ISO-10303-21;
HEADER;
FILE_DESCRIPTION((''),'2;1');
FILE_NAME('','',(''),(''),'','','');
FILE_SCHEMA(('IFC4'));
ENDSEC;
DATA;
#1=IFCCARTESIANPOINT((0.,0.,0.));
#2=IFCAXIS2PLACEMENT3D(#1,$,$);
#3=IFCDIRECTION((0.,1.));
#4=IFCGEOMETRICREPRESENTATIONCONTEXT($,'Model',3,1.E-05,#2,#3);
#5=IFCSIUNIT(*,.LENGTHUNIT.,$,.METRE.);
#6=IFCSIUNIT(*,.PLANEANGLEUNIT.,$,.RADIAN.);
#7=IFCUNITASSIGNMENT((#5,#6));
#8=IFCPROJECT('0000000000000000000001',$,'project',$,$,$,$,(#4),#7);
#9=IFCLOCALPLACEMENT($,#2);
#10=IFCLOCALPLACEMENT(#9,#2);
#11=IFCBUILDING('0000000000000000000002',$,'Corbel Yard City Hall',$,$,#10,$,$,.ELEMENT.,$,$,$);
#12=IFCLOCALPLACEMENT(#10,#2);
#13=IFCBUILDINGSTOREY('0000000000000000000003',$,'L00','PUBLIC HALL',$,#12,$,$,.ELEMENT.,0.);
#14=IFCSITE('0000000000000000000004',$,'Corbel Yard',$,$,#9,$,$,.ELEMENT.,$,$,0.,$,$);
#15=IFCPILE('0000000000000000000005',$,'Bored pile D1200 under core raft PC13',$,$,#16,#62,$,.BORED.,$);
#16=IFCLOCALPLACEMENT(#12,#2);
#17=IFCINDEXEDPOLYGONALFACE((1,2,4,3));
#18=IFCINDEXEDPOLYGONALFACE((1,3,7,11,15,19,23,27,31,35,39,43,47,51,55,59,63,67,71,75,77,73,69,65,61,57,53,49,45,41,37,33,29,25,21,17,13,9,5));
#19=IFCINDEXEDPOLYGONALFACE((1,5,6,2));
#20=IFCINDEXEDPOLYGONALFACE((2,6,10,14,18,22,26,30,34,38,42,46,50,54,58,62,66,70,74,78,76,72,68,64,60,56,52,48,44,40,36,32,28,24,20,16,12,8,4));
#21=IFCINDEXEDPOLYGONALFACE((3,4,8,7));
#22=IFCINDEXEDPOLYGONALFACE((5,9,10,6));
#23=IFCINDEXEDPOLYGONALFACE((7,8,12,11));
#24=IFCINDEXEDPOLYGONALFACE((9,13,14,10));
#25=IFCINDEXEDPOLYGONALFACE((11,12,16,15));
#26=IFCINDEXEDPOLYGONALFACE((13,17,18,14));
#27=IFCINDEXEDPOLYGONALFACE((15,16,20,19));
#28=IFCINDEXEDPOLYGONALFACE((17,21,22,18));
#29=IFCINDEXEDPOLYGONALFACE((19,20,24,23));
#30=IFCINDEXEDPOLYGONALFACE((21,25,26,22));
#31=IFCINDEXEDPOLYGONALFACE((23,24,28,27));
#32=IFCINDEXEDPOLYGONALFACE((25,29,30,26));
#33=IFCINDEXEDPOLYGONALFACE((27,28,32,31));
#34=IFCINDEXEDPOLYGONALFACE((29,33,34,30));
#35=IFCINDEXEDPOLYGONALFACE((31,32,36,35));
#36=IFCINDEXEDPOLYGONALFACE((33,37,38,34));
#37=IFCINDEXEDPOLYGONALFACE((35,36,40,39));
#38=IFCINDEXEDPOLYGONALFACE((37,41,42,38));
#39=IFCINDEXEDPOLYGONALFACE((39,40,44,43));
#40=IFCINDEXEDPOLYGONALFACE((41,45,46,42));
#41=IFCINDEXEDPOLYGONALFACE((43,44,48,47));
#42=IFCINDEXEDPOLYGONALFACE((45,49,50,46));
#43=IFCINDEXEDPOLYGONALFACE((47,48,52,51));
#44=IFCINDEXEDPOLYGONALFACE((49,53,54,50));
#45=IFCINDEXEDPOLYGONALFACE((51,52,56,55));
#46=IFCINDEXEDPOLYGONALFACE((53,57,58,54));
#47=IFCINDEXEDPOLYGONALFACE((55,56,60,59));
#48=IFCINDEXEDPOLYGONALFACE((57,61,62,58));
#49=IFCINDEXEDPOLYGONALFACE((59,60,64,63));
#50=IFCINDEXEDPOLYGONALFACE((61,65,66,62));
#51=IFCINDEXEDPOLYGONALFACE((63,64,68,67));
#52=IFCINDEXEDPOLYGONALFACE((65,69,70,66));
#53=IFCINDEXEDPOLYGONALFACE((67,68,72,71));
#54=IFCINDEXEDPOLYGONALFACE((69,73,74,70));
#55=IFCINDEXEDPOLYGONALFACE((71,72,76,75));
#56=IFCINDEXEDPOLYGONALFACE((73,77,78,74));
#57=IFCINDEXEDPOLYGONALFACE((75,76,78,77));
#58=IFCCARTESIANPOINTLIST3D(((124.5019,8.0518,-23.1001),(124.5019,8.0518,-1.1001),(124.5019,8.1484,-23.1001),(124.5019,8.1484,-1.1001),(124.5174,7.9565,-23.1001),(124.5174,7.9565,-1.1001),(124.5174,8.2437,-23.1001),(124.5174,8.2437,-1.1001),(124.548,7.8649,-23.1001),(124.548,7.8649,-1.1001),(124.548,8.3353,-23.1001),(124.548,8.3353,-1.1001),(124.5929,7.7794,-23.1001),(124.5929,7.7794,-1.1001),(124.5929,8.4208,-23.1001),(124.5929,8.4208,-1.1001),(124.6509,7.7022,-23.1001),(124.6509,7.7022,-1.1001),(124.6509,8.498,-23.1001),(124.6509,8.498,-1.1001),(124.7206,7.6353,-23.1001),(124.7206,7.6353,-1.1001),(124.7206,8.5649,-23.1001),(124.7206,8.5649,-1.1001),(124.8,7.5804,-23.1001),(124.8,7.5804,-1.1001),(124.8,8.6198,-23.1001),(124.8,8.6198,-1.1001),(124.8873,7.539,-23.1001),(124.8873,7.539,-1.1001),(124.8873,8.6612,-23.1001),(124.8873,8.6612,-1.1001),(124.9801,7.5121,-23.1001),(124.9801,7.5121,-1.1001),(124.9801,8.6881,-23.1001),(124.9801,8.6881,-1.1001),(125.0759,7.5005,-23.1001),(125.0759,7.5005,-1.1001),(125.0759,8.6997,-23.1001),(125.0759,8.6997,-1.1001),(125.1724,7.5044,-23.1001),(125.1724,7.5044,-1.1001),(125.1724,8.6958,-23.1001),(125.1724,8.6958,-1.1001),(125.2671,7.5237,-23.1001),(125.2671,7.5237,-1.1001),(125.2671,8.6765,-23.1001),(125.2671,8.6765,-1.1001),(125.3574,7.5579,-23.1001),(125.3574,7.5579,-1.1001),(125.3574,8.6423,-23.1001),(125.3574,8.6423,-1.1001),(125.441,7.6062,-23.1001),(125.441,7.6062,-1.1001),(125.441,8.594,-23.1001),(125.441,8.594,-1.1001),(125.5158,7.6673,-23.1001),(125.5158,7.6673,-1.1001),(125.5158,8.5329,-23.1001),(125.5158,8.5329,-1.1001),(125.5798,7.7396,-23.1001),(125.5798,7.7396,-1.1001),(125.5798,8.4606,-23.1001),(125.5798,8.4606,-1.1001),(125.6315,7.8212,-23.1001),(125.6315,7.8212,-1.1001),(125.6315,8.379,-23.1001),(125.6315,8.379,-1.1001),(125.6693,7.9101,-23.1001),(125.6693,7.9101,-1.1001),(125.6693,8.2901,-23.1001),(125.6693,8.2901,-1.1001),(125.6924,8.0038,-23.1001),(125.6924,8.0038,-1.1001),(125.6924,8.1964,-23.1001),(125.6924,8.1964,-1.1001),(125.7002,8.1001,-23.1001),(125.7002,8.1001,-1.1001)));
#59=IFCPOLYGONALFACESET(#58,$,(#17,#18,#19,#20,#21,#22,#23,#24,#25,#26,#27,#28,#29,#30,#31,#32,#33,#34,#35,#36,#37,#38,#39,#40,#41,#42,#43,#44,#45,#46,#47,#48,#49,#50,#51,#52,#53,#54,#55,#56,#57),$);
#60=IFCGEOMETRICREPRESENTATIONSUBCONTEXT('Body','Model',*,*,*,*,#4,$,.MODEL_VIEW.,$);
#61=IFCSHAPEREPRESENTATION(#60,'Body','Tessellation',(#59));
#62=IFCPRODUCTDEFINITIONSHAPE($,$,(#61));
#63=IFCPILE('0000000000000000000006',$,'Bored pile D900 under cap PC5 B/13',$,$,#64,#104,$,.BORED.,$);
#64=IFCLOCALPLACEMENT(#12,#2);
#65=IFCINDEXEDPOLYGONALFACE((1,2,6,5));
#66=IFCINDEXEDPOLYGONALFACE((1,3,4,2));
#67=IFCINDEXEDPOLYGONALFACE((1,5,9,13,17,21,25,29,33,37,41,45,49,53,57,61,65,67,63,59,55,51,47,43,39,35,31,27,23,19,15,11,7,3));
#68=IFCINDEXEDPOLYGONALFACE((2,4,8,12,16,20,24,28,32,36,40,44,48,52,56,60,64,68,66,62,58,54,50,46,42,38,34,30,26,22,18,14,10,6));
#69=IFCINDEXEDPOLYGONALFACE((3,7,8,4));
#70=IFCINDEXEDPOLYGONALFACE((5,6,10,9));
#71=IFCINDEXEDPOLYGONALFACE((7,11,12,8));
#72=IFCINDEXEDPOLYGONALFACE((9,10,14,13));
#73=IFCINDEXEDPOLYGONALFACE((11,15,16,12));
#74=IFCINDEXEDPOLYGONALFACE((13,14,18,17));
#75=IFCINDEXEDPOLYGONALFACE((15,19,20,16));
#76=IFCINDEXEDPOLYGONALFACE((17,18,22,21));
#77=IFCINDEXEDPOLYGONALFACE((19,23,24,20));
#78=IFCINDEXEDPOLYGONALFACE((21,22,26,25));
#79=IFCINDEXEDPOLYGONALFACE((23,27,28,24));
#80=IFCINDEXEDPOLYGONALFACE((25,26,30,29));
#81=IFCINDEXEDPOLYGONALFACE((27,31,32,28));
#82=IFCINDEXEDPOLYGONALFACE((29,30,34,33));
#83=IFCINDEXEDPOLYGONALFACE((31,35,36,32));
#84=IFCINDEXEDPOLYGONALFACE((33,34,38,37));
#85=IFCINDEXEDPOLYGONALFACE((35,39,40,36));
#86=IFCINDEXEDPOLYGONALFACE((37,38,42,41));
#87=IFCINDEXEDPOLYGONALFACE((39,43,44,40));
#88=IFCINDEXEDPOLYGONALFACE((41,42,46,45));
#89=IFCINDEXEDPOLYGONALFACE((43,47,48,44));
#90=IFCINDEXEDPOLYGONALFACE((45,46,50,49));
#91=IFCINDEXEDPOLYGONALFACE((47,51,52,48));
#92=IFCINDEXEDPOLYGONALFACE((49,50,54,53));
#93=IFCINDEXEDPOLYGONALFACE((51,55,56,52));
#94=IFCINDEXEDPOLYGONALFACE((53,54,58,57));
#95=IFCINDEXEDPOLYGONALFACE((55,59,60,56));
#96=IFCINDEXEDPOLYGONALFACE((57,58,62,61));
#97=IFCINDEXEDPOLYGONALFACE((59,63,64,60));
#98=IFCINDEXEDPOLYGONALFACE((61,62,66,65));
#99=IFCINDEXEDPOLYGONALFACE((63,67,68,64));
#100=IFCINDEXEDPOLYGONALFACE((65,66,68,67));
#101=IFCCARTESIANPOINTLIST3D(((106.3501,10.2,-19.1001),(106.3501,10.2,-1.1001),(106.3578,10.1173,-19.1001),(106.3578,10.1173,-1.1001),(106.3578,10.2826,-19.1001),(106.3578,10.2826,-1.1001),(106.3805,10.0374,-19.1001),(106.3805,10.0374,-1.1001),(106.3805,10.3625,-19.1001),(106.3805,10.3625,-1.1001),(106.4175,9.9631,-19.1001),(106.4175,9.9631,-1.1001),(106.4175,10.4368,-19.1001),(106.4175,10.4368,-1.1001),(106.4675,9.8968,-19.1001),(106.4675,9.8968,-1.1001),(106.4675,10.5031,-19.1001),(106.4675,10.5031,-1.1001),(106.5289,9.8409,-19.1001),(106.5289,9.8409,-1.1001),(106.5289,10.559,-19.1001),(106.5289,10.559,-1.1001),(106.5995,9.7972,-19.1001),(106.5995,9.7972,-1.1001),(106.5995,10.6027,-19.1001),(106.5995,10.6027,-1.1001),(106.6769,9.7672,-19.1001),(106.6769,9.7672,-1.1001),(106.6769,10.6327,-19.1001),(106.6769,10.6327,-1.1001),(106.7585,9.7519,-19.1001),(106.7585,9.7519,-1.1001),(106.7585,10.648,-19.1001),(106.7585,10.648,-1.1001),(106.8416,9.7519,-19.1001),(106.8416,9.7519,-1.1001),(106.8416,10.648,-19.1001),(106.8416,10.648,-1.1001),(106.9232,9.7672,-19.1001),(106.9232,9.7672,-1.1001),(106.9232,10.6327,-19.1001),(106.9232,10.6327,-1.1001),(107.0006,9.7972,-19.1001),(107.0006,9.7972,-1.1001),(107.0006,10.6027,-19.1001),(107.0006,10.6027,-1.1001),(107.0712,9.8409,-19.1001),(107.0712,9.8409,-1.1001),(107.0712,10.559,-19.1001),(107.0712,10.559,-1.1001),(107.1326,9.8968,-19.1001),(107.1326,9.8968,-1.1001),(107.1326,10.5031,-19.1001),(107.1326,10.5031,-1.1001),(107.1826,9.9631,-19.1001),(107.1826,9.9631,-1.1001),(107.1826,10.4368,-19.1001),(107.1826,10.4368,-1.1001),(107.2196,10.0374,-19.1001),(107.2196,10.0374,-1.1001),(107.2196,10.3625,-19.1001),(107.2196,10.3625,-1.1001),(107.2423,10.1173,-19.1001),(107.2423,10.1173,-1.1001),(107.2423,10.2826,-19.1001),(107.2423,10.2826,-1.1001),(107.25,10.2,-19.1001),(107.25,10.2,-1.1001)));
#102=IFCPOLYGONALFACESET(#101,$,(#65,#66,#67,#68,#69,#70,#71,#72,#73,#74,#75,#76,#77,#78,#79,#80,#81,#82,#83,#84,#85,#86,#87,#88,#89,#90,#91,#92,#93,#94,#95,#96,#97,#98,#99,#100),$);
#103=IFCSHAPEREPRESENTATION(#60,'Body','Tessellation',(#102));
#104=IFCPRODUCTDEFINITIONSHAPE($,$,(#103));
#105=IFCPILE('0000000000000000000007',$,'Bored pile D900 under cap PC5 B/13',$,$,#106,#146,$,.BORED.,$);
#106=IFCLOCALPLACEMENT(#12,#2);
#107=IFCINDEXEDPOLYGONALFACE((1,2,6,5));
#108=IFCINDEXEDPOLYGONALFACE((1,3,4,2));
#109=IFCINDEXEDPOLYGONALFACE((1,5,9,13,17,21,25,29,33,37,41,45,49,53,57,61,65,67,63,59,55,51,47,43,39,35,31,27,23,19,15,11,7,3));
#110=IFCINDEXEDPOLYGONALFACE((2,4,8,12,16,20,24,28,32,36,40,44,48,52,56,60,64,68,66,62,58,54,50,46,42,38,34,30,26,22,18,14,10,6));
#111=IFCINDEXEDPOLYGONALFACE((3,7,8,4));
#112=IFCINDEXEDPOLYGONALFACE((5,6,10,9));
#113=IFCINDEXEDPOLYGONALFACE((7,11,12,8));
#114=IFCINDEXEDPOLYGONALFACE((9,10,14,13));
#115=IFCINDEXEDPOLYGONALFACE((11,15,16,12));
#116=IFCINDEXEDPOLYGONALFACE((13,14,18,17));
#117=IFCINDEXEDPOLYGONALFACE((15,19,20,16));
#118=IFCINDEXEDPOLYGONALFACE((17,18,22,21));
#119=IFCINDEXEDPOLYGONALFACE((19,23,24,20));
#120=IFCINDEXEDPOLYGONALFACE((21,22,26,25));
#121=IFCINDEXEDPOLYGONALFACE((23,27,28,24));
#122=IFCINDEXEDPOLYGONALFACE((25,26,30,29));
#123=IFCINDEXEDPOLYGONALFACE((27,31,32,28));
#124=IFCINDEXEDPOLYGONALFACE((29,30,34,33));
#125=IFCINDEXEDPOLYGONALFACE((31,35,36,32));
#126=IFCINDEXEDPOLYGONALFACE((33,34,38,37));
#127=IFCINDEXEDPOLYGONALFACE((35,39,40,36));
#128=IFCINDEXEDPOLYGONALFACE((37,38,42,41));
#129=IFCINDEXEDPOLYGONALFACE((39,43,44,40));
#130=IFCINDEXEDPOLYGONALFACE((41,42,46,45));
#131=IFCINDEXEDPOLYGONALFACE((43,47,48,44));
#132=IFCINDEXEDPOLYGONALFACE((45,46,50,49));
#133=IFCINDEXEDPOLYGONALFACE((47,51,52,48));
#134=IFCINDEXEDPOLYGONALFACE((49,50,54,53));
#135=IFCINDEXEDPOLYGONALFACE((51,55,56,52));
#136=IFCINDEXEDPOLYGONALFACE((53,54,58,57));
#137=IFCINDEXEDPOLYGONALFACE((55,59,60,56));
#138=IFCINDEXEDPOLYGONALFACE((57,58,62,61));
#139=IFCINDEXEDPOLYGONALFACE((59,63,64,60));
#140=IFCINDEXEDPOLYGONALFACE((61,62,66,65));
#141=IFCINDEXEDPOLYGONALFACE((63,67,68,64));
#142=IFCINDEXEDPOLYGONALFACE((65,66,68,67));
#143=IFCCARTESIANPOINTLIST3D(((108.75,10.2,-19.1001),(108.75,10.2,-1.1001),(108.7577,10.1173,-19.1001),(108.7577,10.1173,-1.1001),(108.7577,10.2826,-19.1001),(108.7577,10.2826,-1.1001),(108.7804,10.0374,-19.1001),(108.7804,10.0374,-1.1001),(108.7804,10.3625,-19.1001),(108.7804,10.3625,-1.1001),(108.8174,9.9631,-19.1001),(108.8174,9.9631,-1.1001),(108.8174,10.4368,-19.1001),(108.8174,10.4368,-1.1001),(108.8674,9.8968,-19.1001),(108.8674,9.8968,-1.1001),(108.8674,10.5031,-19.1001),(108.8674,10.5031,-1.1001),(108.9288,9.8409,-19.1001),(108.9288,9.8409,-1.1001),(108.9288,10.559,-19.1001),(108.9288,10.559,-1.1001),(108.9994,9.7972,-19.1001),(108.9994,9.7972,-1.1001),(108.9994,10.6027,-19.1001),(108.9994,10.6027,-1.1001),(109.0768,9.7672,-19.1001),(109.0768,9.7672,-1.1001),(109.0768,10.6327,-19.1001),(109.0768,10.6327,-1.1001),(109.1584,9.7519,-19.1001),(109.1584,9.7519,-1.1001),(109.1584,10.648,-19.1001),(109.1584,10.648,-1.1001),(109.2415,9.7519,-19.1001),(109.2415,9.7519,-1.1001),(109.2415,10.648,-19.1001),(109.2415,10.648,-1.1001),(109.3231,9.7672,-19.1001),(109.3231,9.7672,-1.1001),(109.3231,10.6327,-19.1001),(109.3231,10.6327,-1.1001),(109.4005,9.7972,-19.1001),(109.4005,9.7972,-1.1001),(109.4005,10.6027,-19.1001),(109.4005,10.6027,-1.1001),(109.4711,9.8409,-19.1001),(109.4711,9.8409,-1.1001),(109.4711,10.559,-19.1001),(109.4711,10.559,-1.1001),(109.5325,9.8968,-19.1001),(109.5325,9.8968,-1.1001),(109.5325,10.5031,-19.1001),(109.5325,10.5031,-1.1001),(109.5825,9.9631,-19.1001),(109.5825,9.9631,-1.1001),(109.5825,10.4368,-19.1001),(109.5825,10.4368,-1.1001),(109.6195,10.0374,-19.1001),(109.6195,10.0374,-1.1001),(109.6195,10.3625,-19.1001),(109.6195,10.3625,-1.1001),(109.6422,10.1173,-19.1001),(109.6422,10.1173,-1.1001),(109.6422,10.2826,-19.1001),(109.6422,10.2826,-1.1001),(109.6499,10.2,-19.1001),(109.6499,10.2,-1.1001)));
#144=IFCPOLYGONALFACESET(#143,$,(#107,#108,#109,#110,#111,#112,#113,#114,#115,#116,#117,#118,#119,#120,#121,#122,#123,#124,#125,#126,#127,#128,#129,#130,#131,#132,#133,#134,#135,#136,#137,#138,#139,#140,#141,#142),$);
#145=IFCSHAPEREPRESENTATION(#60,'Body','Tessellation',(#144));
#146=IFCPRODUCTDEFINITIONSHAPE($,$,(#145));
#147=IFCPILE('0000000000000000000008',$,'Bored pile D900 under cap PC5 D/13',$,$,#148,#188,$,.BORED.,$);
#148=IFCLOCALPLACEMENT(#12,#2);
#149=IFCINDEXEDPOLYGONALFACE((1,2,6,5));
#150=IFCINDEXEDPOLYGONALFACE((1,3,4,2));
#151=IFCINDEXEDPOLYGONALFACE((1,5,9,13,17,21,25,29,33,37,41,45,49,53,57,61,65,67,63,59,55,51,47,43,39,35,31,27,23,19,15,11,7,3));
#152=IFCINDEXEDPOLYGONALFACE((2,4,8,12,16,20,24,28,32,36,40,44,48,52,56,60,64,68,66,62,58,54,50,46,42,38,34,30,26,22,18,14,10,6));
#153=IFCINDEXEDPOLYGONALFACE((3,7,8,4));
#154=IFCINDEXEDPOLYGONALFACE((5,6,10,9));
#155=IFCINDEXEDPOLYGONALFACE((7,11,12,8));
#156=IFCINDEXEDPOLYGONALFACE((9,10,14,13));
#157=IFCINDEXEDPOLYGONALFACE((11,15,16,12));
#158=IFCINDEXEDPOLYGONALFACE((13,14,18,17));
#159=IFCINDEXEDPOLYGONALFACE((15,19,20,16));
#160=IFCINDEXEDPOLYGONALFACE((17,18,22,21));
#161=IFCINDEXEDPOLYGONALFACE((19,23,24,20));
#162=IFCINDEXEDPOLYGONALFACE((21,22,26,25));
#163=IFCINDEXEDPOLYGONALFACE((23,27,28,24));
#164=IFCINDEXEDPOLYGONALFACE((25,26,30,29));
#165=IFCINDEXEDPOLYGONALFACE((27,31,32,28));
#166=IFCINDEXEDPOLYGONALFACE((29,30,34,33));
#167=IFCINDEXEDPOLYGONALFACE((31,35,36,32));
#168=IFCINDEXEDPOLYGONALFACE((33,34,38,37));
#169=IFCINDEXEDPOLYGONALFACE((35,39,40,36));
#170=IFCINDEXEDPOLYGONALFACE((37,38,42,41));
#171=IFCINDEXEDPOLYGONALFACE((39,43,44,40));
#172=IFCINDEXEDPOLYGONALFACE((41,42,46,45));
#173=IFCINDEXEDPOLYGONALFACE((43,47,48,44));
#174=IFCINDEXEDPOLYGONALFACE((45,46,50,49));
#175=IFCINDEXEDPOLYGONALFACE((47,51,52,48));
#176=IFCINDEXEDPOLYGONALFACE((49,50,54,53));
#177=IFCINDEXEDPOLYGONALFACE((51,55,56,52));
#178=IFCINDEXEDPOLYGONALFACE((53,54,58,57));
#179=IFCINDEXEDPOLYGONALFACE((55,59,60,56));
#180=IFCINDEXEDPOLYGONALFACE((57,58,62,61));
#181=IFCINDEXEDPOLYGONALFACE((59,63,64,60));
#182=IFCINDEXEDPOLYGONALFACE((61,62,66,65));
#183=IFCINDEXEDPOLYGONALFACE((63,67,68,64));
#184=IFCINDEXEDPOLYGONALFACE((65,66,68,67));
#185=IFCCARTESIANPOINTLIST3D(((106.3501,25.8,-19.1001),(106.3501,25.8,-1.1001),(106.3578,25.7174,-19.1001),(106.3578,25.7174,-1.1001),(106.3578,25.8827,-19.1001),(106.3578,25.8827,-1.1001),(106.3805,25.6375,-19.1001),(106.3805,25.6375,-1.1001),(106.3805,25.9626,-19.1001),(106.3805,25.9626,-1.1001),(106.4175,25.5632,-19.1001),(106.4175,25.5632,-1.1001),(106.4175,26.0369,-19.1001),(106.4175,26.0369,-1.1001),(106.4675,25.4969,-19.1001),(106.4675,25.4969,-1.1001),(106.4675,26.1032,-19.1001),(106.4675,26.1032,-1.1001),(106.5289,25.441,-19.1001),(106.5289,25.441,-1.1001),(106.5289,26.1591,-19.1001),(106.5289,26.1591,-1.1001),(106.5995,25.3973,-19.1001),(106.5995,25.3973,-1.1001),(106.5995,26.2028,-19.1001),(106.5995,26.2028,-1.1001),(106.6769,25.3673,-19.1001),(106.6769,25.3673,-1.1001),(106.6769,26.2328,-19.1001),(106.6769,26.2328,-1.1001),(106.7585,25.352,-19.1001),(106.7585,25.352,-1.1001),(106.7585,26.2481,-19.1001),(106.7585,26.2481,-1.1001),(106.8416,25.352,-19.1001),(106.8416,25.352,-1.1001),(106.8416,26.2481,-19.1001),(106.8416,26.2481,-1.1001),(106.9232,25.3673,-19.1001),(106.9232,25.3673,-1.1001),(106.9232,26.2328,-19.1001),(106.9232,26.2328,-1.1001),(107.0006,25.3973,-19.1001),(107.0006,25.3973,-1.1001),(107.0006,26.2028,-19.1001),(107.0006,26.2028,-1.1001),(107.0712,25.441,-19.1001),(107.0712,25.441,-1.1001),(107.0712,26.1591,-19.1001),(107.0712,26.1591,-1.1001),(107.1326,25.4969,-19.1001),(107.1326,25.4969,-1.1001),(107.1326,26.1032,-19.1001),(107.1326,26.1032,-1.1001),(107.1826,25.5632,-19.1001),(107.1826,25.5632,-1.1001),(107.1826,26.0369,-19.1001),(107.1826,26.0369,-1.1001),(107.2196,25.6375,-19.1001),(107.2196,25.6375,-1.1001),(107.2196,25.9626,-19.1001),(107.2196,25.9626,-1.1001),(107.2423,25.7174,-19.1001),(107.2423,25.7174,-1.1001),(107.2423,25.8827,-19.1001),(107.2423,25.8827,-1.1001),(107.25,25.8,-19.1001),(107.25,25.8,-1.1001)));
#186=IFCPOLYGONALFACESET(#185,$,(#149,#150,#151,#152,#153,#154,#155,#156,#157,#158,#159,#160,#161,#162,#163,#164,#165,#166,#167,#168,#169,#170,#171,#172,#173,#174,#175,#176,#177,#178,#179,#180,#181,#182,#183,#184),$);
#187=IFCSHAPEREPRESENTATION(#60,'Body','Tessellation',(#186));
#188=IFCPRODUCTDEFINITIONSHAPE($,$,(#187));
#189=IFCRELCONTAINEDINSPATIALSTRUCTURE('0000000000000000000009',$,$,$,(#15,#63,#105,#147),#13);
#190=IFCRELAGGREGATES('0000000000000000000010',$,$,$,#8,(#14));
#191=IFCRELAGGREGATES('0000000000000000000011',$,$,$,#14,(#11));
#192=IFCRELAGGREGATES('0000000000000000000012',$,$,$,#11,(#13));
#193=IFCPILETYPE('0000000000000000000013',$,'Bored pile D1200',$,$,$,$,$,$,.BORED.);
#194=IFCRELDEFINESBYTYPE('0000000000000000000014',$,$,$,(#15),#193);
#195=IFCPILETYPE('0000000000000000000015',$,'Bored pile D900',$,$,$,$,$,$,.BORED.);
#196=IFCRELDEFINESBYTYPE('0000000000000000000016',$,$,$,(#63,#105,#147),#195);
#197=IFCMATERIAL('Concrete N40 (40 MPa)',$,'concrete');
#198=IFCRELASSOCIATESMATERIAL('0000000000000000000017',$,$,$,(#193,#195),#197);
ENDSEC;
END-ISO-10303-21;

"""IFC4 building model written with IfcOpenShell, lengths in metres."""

from ifc_helpers import new_model, si_unit, direction, frame, origin, origin_2d, place, context, subcontext, project, spatial, circle, extrude, material, material_profile, profile_set, type_object, element, save


model = new_model("IFC4")

# Units and contexts
model_context = context("Model", 3, precision=1e-05, world=origin(), true_north=direction((0.0, 1.0)))
body_context = subcontext(model_context, "Body", "Model", "MODEL_VIEW")
ifc_project = project(units=[si_unit("LENGTHUNIT", "METRE"), si_unit("PLANEANGLEUNIT", "RADIAN")], contexts=[model_context])

# Site, building, storey
site_placement = place(None, origin())
site = spatial("IfcSite", under=ifc_project, at=site_placement, Name="Corbel Yard", CompositionType="ELEMENT", RefElevation=0.0)
building_placement = place(site_placement, origin())
building = spatial("IfcBuilding", under=site, at=building_placement, Name="Corbel Yard City Hall", CompositionType="ELEMENT")
storey_placement = place(building_placement, origin())
storey = spatial("IfcBuildingStorey", under=building, at=storey_placement, Name="L00", Description="PUBLIC HALL", CompositionType="ELEMENT", Elevation=0.0)

# Piles
ifc_material_1 = material(Name="Concrete N40 (40 MPa)", Category="concrete")
ifc_material_profile_1 = material_profile(ifc_material_1, circle(Radius=0.6001, at=origin_2d()), Name="D1200")
ifc_profile_set_1 = profile_set([ifc_material_profile_1], Name="Concrete N40 (40 MPa)")
pile_type_1 = type_object("IfcPileType", Name="Bored pile D1200", PredefinedType="BORED", material=ifc_profile_set_1)
pile_placement = place(storey_placement, frame((125.1001, 8.1001, -1.1001), z_axis=(0.0, 0.0, -1.0), x_axis=(1.0, 0.0, 0.0)))
element("IfcPile", 1, at=pile_placement, inside=storey, type_object=pile_type_1, Name="Bored pile D1200 under core raft PC13", PredefinedType="BORED", context=body_context, shape_type="SweptSolid", body=[
    extrude(circle(Radius=0.6001, at=origin_2d()), origin(), (0.0, 0.0, 1.0), 22.0),
])
ifc_material_profile_2 = material_profile(ifc_material_1, circle(Radius=0.45, at=origin_2d()), Name="D900")
ifc_profile_set_2 = profile_set([ifc_material_profile_2], Name="Concrete N40 (40 MPa)")
pile_type_2 = type_object("IfcPileType", Name="Bored pile D900", PredefinedType="BORED", material=ifc_profile_set_2)
for number, where, z_axis, x_axis, name in (
    (2, (106.8, 10.2, -1.1001), (0.0, 0.0, -1.0), (1.0, 0.0, 0.0), "Bored pile D900 under cap PC5 B/13"),
    (3, (109.2, 10.2, -1.1001), (0.0, 0.0, -1.0), (1.0, 0.0, 0.0), "Bored pile D900 under cap PC5 B/13"),
    (4, (106.8, 25.8, -1.1001), (0.0, 0.0, -1.0), (1.0, 0.0, 0.0), "Bored pile D900 under cap PC5 D/13"),
):
    element("IfcPile", number, at=place(storey_placement, frame(where, z_axis=z_axis, x_axis=x_axis)), inside=storey, type_object=pile_type_2, Name=name, PredefinedType="BORED", context=body_context, shape_type="SweptSolid", body=[
        extrude(circle(Radius=0.45, at=origin_2d()), origin(), (0.0, 0.0, 1.0), 18.0),
    ])

save(model, "model.ifc")
